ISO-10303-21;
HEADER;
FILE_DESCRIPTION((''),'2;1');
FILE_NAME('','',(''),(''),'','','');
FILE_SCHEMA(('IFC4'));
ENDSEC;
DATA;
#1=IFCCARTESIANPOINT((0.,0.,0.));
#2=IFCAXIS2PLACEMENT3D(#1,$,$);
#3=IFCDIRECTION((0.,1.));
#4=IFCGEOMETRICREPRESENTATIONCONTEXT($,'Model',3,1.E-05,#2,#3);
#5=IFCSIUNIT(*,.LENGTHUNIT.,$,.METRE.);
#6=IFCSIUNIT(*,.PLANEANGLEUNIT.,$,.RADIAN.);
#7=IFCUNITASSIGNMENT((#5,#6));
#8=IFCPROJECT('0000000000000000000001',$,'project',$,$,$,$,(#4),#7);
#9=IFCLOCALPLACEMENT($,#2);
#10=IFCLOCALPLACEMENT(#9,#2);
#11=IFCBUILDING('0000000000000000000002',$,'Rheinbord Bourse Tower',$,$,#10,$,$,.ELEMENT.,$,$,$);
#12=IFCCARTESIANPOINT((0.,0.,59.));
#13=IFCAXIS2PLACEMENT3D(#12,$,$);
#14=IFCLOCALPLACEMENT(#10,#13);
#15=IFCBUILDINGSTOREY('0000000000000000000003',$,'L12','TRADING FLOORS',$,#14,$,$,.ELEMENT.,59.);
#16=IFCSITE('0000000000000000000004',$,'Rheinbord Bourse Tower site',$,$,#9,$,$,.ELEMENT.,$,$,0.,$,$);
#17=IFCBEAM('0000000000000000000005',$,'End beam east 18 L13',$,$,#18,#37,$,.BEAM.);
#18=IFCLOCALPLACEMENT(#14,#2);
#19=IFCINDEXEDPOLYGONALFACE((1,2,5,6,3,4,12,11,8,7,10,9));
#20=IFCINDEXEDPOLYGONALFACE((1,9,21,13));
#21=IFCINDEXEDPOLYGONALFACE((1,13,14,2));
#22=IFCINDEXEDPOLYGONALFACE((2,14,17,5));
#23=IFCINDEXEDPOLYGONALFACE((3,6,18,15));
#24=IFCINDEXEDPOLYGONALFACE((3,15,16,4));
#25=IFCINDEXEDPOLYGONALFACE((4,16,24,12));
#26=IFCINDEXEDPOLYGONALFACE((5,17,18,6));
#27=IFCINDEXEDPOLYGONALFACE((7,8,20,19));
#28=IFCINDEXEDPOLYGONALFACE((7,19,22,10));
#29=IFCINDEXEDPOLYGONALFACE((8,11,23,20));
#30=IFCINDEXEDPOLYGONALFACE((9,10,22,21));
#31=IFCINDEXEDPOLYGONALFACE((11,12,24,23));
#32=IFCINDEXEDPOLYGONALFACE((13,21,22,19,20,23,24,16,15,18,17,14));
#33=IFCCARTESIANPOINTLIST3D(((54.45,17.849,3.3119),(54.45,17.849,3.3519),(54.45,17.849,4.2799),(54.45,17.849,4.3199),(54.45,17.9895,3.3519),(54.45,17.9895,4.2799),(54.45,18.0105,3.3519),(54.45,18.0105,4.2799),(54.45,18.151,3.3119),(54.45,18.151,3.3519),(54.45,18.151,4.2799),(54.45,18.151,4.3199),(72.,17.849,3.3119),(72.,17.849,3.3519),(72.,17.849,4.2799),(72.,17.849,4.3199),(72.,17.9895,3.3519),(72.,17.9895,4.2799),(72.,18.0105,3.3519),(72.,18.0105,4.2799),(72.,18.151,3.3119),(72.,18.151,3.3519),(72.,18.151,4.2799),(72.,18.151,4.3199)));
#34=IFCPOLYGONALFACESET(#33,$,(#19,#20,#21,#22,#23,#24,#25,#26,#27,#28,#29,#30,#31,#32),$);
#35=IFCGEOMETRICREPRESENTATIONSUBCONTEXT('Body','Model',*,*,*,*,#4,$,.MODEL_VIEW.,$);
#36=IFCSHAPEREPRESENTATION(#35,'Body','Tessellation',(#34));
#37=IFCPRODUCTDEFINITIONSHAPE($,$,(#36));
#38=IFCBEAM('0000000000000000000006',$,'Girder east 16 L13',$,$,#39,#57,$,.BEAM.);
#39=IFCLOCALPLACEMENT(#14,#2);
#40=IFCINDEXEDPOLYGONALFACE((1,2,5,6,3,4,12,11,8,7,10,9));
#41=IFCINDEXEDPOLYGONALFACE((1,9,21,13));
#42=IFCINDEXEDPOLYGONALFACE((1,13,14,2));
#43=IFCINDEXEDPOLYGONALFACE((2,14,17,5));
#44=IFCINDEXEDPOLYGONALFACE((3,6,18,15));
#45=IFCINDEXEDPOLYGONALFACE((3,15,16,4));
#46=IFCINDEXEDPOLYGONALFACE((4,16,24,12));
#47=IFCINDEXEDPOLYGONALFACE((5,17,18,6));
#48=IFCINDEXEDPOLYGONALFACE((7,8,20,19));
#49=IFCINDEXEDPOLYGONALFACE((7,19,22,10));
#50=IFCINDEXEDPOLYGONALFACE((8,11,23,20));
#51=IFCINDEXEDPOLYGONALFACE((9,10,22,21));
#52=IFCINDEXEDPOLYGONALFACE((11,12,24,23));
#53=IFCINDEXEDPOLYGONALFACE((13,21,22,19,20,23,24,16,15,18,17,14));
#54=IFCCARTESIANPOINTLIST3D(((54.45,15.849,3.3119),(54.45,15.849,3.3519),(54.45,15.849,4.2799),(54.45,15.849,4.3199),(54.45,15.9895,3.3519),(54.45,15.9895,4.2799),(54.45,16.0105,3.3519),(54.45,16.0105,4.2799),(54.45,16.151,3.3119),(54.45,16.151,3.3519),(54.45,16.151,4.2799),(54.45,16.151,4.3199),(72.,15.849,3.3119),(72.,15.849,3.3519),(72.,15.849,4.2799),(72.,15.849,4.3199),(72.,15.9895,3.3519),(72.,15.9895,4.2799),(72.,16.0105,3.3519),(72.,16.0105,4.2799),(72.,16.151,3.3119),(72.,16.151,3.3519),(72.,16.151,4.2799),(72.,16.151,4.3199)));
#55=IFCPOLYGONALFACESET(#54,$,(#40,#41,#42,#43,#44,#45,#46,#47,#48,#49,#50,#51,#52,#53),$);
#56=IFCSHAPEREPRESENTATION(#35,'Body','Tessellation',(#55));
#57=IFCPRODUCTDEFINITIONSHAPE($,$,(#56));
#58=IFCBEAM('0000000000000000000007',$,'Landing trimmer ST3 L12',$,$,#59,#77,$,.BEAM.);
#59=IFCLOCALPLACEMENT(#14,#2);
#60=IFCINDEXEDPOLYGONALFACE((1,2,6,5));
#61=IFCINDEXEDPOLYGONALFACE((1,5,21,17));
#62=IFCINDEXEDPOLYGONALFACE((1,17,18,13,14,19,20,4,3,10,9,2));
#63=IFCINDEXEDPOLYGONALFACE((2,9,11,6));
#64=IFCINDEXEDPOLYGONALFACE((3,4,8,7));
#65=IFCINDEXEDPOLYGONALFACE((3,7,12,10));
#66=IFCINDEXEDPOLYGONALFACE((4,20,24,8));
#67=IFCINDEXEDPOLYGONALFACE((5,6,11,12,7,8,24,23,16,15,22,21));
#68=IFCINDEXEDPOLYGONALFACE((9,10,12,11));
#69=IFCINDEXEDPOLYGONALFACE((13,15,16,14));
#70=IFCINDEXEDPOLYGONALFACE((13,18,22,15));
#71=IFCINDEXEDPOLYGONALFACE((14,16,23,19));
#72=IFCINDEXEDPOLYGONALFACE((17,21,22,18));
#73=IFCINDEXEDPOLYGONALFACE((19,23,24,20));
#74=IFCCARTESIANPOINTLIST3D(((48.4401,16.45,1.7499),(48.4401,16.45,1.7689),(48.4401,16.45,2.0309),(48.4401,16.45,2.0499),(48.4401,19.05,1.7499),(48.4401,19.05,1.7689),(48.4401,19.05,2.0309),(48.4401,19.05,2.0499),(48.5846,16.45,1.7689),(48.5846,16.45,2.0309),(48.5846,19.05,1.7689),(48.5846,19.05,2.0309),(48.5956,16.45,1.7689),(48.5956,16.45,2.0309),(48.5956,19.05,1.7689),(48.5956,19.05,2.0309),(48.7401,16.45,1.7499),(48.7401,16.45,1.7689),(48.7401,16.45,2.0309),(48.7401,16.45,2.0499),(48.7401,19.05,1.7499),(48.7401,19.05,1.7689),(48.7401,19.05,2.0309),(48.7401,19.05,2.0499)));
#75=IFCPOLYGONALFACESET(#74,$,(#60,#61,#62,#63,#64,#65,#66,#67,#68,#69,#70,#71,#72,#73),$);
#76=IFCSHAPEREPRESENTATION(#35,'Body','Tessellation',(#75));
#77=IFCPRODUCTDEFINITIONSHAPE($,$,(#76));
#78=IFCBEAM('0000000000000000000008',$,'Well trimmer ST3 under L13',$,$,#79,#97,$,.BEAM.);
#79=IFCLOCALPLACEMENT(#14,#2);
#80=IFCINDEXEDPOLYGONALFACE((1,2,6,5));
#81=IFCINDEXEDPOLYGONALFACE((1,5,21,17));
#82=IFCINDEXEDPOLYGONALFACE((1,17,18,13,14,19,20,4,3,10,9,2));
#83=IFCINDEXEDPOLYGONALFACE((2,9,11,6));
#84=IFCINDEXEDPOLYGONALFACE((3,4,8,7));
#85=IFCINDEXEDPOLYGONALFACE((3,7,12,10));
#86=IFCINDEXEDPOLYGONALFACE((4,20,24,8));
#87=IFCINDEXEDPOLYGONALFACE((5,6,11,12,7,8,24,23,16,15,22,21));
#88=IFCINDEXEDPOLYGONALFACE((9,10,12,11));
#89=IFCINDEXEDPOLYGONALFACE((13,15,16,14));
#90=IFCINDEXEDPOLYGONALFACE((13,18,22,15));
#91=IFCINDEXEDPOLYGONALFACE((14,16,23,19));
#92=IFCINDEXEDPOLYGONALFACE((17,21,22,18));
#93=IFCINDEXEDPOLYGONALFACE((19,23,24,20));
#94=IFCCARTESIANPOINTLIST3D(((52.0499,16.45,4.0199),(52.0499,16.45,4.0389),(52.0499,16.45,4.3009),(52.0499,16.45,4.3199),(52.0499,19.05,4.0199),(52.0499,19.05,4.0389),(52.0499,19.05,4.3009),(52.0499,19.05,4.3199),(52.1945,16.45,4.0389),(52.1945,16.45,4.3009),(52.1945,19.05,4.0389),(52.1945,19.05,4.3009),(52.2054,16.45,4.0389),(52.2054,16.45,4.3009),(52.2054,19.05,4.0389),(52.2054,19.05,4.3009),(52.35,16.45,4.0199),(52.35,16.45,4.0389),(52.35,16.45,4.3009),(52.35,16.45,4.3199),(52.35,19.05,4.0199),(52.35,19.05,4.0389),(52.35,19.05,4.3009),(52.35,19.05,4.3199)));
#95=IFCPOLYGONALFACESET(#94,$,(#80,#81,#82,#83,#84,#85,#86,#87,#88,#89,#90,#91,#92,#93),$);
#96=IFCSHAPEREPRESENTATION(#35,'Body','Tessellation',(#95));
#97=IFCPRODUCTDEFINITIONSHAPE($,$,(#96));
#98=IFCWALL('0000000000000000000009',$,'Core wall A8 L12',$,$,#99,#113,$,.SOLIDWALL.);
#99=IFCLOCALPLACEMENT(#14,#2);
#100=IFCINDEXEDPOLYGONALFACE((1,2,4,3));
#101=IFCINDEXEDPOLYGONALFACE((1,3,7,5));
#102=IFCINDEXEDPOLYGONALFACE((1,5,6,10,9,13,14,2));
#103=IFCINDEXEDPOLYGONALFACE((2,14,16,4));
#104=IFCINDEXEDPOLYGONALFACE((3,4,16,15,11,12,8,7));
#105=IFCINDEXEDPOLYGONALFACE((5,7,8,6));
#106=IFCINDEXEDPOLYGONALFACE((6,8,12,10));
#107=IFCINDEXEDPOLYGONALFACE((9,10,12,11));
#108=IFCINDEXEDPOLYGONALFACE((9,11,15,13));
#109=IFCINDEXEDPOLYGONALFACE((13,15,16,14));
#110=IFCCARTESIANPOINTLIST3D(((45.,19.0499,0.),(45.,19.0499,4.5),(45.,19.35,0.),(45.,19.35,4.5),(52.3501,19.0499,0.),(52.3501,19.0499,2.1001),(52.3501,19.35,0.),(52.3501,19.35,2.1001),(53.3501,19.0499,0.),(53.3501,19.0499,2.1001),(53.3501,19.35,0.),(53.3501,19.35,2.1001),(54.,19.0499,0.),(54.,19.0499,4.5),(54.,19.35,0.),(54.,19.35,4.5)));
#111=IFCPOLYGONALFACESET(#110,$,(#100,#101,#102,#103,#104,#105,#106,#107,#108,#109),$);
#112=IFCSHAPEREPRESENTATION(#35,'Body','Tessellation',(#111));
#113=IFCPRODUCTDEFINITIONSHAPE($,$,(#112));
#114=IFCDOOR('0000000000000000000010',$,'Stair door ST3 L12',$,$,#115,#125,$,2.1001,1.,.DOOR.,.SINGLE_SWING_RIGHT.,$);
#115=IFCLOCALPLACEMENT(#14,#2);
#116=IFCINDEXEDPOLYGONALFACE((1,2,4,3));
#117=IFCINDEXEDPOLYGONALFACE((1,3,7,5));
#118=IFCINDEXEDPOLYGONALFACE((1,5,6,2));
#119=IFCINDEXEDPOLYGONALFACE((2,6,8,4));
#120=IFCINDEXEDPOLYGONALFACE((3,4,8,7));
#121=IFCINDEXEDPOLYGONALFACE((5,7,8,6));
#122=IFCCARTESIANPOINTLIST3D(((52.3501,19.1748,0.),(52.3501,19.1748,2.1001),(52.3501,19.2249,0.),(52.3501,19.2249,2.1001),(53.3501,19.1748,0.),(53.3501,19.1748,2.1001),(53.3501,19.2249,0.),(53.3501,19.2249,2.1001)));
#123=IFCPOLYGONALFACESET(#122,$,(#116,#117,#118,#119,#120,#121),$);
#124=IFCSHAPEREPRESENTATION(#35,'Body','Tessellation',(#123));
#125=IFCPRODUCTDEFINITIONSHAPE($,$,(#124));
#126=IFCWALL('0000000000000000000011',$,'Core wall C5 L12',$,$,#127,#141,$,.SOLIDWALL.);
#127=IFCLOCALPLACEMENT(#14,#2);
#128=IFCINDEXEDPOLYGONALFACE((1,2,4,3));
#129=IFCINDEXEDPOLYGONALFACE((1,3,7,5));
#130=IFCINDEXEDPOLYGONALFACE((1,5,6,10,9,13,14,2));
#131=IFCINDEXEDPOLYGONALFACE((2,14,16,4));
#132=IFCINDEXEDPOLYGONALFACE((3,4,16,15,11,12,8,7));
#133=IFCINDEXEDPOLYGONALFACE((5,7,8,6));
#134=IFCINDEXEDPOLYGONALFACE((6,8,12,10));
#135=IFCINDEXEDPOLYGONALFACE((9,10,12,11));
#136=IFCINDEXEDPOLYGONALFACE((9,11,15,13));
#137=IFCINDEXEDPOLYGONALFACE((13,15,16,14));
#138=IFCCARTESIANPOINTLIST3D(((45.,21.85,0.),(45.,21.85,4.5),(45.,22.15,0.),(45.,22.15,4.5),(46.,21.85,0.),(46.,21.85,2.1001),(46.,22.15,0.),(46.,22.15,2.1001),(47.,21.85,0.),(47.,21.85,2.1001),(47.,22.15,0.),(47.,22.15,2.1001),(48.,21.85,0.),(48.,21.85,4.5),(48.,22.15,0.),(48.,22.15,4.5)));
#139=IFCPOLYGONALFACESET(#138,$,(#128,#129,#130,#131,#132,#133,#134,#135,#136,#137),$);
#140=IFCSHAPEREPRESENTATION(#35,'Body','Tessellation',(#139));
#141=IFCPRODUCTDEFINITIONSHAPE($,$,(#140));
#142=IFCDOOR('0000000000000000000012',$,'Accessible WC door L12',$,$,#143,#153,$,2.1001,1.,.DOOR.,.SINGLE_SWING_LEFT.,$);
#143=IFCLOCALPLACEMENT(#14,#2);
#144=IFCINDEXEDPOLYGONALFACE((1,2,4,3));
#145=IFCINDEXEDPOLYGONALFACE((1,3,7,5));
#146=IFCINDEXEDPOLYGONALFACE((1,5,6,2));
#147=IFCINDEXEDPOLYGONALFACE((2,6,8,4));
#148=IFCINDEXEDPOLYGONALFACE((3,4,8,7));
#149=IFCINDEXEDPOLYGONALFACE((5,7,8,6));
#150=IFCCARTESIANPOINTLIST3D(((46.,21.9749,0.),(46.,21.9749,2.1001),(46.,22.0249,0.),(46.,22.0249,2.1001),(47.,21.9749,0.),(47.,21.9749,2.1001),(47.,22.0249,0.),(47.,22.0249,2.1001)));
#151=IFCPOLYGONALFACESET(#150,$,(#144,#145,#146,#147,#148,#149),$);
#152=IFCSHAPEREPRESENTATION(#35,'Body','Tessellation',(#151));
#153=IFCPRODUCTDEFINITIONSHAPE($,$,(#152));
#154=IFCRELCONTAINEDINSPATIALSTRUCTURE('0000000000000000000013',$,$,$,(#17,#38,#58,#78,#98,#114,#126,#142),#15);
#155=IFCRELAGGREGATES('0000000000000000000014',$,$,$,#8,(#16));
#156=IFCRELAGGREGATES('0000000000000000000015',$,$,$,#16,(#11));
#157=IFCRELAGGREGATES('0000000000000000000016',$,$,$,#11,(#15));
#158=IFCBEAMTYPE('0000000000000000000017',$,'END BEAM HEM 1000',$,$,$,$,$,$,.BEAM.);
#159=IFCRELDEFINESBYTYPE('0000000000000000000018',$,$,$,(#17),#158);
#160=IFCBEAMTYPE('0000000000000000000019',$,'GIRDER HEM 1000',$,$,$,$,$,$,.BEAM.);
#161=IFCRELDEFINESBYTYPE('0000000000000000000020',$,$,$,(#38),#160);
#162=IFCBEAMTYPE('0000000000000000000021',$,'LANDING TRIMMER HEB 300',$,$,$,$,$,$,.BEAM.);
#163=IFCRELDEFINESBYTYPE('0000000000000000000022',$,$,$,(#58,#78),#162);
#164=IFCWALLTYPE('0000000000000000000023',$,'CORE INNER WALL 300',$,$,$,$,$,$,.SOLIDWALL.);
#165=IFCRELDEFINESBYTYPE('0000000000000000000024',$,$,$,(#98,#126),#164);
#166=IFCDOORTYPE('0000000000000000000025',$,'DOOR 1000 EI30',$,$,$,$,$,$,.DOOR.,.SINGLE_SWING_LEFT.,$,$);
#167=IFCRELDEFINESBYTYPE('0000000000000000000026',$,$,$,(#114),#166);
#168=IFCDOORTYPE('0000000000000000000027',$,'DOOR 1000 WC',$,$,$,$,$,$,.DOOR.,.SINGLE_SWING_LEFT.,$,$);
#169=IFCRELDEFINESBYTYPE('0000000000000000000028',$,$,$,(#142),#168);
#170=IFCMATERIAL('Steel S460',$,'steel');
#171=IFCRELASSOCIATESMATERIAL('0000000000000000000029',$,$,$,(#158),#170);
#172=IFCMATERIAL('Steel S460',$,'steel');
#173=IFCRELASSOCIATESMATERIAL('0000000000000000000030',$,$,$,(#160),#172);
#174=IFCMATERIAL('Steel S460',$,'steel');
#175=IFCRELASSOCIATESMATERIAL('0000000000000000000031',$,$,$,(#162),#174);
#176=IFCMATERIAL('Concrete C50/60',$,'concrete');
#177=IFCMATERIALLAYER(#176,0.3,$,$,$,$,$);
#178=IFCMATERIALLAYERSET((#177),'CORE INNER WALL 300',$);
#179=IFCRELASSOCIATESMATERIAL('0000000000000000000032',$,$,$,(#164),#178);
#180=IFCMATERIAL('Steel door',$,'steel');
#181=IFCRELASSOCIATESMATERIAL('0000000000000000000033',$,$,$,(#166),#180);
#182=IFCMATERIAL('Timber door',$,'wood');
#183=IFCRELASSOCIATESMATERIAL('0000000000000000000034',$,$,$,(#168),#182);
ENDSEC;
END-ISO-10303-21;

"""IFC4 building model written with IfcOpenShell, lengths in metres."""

from ifc_helpers import new_model, si_unit, direction, frame, frame_2d, origin, origin_2d, place, context, subcontext, project, spatial, rectangle, i_section, extrude, material, layer, layer_set, material_profile, profile_set, type_object, element, fill, save


model = new_model("IFC4")

# Units and contexts
model_context = context("Model", 3, precision=1e-05, world=origin(), true_north=direction((0.0, 1.0)))
body_context = subcontext(model_context, "Body", "Model", "MODEL_VIEW")
ifc_project = project(units=[si_unit("LENGTHUNIT", "METRE"), si_unit("PLANEANGLEUNIT", "RADIAN")], contexts=[model_context])

# Site, building, storey
site_placement = place(None, origin())
site = spatial("IfcSite", under=ifc_project, at=site_placement, Name="Rheinbord Bourse Tower site", CompositionType="ELEMENT", RefElevation=0.0)
building_placement = place(site_placement, origin())
building = spatial("IfcBuilding", under=site, at=building_placement, Name="Rheinbord Bourse Tower", CompositionType="ELEMENT")
storey_placement = place(building_placement, frame((0.0, 0.0, 59.0)))
storey = spatial("IfcBuildingStorey", under=building, at=storey_placement, Name="L12", Description="TRADING FLOORS", CompositionType="ELEMENT", Elevation=59.0)

# Beams
ifc_material_1 = material(Name="Steel S460", Category="steel")
ifc_material_profile_1 = material_profile(ifc_material_1, i_section(OverallWidth=0.302, OverallDepth=1.0081, WebThickness=0.021, FlangeThickness=0.04, at=origin_2d()), Name="HEM 1000")
ifc_profile_set_1 = profile_set([ifc_material_profile_1], Name="Steel S460")
beam_type_1 = type_object("IfcBeamType", Name="END BEAM HEM 1000", PredefinedType="BEAM", material=ifc_profile_set_1)
beam_1_placement = place(storey_placement, frame((54.45, 18.0, 3.8159), z_axis=(1.0, 0.0, 0.0), x_axis=(0.0, 1.0, 0.0)))
element("IfcBeam", 1, at=beam_1_placement, inside=storey, type_object=beam_type_1, Name="End beam east 18 L13", PredefinedType="BEAM", context=body_context, shape_type="SweptSolid", body=[
    extrude(i_section(OverallWidth=0.302, OverallDepth=1.0081, WebThickness=0.021, FlangeThickness=0.04, at=origin_2d()), origin(), (0.0, 0.0, 1.0), 17.55),
])
ifc_material_2 = material(Name="Steel S460", Category="steel")
ifc_material_profile_2 = material_profile(ifc_material_2, i_section(OverallWidth=0.302, OverallDepth=1.0081, WebThickness=0.021, FlangeThickness=0.04, at=origin_2d()), Name="HEM 1000")
ifc_profile_set_2 = profile_set([ifc_material_profile_2], Name="Steel S460")
beam_type_2 = type_object("IfcBeamType", Name="GIRDER HEM 1000", PredefinedType="BEAM", material=ifc_profile_set_2)
beam_2_placement = place(storey_placement, frame((54.45, 16.0, 3.8159), z_axis=(1.0, 0.0, 0.0), x_axis=(0.0, 1.0, 0.0)))
element("IfcBeam", 2, at=beam_2_placement, inside=storey, type_object=beam_type_2, Name="Girder east 16 L13", PredefinedType="BEAM", context=body_context, shape_type="SweptSolid", body=[
    extrude(i_section(OverallWidth=0.302, OverallDepth=1.0081, WebThickness=0.021, FlangeThickness=0.04, at=origin_2d()), origin(), (0.0, 0.0, 1.0), 17.55),
])
ifc_material_3 = material(Name="Steel S460", Category="steel")
ifc_material_profile_3 = material_profile(ifc_material_3, i_section(OverallWidth=0.3, OverallDepth=0.3, WebThickness=0.011, FlangeThickness=0.019, at=origin_2d()), Name="HEB 300")
ifc_profile_set_3 = profile_set([ifc_material_profile_3], Name="Steel S460")
beam_type_3 = type_object("IfcBeamType", Name="LANDING TRIMMER HEB 300", PredefinedType="BEAM", material=ifc_profile_set_3)
for number, where, z_axis, x_axis, name in (
    (3, (48.5901, 16.45, 1.8999), (0.0, 1.0, 0.0), (-1.0, 0.0, 0.0), "Landing trimmer ST3 L12"),
    (4, (52.2, 16.45, 4.1699), (0.0, 1.0, 0.0), (-1.0, 0.0, 0.0), "Well trimmer ST3 under L13"),
):
    element("IfcBeam", number, at=place(storey_placement, frame(where, z_axis=z_axis, x_axis=x_axis)), inside=storey, type_object=beam_type_3, Name=name, PredefinedType="BEAM", context=body_context, shape_type="SweptSolid", body=[
        extrude(i_section(OverallWidth=0.3, OverallDepth=0.3, WebThickness=0.011, FlangeThickness=0.019, at=origin_2d()), origin(), (0.0, 0.0, 1.0), 2.6001),
    ])

# Walls, openings, doors
ifc_material_4 = material(Name="Concrete C50/60", Category="concrete")
ifc_layer_1 = layer(ifc_material_4, 0.3)
ifc_layer_set_1 = layer_set([ifc_layer_1], Name="CORE INNER WALL 300")
wall_type_1 = type_object("IfcWallType", Name="CORE INNER WALL 300", PredefinedType="SOLIDWALL", material=ifc_layer_set_1)
wall_1_placement = place(storey_placement, frame((45.0, 19.2, 0.0), z_axis=(0.0, 0.0, 1.0), x_axis=(1.0, 0.0, 0.0)))
wall_1 = element("IfcWall", 5, at=wall_1_placement, inside=storey, type_object=wall_type_1, Name="Core wall A8 L12", PredefinedType="SOLIDWALL", context=body_context, shape_type="SweptSolid", body=[
    extrude(rectangle(XDim=9.0, YDim=0.3, at=frame_2d((4.5, 0.0))), origin(), (0.0, 0.0, 1.0), 4.5),
])
opening_1_placement = place(wall_1_placement, frame((7.3501, 0.0, 0.0)))
opening_1 = element("IfcOpeningElement", 6, at=opening_1_placement, cuts=wall_1, PredefinedType="OPENING", context=body_context, shape_type="SweptSolid", body=[
    extrude(rectangle(XDim=1.0, YDim=2.1001, at=frame_2d((0.5, 1.05))), frame((0.0, 0.1599, 0.0), z_axis=(0.0, -1.0, 0.0), x_axis=(1.0, 0.0, 0.0)), (0.0, 0.0, 1.0), 0.3201),
])
ifc_material_5 = material(Name="Steel door", Category="steel")
door_type_1 = type_object("IfcDoorType", Name="DOOR 1000 EI30", OperationType="SINGLE_SWING_LEFT", PredefinedType="DOOR", material=ifc_material_5)
door_1_placement = place(opening_1_placement, origin())
door_1 = element("IfcDoor", 7, at=door_1_placement, inside=storey, type_object=door_type_1, Name="Stair door ST3 L12", OperationType="SINGLE_SWING_RIGHT", OverallHeight=2.1001, OverallWidth=1.0, PredefinedType="DOOR", context=body_context, shape_type="SweptSolid", body=[
    extrude(rectangle(XDim=1.0, YDim=2.1001, at=frame_2d((0.5, 1.05))), frame((0.0, 0.0249, 0.0), z_axis=(0.0, -1.0, 0.0), x_axis=(1.0, 0.0, 0.0)), (0.0, 0.0, 1.0), 0.05),
])
fill(opening_1, door_1)
wall_2_placement = place(storey_placement, frame((45.0, 22.0, 0.0), z_axis=(0.0, 0.0, 1.0), x_axis=(1.0, 0.0, 0.0)))
wall_2 = element("IfcWall", 8, at=wall_2_placement, inside=storey, type_object=wall_type_1, Name="Core wall C5 L12", PredefinedType="SOLIDWALL", context=body_context, shape_type="SweptSolid", body=[
    extrude(rectangle(XDim=3.0, YDim=0.3, at=frame_2d((1.5, 0.0))), origin(), (0.0, 0.0, 1.0), 4.5),
])
opening_2_placement = place(wall_2_placement, frame((1.0, 0.0, 0.0)))
opening_2 = element("IfcOpeningElement", 9, at=opening_2_placement, cuts=wall_2, PredefinedType="OPENING", context=body_context, shape_type="SweptSolid", body=[
    extrude(rectangle(XDim=1.0, YDim=2.1001, at=frame_2d((0.5, 1.05))), frame((0.0, 0.1599, 0.0), z_axis=(0.0, -1.0, 0.0), x_axis=(1.0, 0.0, 0.0)), (0.0, 0.0, 1.0), 0.3201),
])
ifc_material_6 = material(Name="Timber door", Category="wood")
door_type_2 = type_object("IfcDoorType", Name="DOOR 1000 WC", OperationType="SINGLE_SWING_LEFT", PredefinedType="DOOR", material=ifc_material_6)
door_2_placement = place(opening_2_placement, origin())
door_2 = element("IfcDoor", 10, at=door_2_placement, inside=storey, type_object=door_type_2, Name="Accessible WC door L12", OperationType="SINGLE_SWING_LEFT", OverallHeight=2.1001, OverallWidth=1.0, PredefinedType="DOOR", context=body_context, shape_type="SweptSolid", body=[
    extrude(rectangle(XDim=1.0, YDim=2.1001, at=frame_2d((0.5, 1.05))), frame((0.0, 0.0249, 0.0), z_axis=(0.0, -1.0, 0.0), x_axis=(1.0, 0.0, 0.0)), (0.0, 0.0, 1.0), 0.05),
])
fill(opening_2, door_2)

save(model, "model.ifc")
